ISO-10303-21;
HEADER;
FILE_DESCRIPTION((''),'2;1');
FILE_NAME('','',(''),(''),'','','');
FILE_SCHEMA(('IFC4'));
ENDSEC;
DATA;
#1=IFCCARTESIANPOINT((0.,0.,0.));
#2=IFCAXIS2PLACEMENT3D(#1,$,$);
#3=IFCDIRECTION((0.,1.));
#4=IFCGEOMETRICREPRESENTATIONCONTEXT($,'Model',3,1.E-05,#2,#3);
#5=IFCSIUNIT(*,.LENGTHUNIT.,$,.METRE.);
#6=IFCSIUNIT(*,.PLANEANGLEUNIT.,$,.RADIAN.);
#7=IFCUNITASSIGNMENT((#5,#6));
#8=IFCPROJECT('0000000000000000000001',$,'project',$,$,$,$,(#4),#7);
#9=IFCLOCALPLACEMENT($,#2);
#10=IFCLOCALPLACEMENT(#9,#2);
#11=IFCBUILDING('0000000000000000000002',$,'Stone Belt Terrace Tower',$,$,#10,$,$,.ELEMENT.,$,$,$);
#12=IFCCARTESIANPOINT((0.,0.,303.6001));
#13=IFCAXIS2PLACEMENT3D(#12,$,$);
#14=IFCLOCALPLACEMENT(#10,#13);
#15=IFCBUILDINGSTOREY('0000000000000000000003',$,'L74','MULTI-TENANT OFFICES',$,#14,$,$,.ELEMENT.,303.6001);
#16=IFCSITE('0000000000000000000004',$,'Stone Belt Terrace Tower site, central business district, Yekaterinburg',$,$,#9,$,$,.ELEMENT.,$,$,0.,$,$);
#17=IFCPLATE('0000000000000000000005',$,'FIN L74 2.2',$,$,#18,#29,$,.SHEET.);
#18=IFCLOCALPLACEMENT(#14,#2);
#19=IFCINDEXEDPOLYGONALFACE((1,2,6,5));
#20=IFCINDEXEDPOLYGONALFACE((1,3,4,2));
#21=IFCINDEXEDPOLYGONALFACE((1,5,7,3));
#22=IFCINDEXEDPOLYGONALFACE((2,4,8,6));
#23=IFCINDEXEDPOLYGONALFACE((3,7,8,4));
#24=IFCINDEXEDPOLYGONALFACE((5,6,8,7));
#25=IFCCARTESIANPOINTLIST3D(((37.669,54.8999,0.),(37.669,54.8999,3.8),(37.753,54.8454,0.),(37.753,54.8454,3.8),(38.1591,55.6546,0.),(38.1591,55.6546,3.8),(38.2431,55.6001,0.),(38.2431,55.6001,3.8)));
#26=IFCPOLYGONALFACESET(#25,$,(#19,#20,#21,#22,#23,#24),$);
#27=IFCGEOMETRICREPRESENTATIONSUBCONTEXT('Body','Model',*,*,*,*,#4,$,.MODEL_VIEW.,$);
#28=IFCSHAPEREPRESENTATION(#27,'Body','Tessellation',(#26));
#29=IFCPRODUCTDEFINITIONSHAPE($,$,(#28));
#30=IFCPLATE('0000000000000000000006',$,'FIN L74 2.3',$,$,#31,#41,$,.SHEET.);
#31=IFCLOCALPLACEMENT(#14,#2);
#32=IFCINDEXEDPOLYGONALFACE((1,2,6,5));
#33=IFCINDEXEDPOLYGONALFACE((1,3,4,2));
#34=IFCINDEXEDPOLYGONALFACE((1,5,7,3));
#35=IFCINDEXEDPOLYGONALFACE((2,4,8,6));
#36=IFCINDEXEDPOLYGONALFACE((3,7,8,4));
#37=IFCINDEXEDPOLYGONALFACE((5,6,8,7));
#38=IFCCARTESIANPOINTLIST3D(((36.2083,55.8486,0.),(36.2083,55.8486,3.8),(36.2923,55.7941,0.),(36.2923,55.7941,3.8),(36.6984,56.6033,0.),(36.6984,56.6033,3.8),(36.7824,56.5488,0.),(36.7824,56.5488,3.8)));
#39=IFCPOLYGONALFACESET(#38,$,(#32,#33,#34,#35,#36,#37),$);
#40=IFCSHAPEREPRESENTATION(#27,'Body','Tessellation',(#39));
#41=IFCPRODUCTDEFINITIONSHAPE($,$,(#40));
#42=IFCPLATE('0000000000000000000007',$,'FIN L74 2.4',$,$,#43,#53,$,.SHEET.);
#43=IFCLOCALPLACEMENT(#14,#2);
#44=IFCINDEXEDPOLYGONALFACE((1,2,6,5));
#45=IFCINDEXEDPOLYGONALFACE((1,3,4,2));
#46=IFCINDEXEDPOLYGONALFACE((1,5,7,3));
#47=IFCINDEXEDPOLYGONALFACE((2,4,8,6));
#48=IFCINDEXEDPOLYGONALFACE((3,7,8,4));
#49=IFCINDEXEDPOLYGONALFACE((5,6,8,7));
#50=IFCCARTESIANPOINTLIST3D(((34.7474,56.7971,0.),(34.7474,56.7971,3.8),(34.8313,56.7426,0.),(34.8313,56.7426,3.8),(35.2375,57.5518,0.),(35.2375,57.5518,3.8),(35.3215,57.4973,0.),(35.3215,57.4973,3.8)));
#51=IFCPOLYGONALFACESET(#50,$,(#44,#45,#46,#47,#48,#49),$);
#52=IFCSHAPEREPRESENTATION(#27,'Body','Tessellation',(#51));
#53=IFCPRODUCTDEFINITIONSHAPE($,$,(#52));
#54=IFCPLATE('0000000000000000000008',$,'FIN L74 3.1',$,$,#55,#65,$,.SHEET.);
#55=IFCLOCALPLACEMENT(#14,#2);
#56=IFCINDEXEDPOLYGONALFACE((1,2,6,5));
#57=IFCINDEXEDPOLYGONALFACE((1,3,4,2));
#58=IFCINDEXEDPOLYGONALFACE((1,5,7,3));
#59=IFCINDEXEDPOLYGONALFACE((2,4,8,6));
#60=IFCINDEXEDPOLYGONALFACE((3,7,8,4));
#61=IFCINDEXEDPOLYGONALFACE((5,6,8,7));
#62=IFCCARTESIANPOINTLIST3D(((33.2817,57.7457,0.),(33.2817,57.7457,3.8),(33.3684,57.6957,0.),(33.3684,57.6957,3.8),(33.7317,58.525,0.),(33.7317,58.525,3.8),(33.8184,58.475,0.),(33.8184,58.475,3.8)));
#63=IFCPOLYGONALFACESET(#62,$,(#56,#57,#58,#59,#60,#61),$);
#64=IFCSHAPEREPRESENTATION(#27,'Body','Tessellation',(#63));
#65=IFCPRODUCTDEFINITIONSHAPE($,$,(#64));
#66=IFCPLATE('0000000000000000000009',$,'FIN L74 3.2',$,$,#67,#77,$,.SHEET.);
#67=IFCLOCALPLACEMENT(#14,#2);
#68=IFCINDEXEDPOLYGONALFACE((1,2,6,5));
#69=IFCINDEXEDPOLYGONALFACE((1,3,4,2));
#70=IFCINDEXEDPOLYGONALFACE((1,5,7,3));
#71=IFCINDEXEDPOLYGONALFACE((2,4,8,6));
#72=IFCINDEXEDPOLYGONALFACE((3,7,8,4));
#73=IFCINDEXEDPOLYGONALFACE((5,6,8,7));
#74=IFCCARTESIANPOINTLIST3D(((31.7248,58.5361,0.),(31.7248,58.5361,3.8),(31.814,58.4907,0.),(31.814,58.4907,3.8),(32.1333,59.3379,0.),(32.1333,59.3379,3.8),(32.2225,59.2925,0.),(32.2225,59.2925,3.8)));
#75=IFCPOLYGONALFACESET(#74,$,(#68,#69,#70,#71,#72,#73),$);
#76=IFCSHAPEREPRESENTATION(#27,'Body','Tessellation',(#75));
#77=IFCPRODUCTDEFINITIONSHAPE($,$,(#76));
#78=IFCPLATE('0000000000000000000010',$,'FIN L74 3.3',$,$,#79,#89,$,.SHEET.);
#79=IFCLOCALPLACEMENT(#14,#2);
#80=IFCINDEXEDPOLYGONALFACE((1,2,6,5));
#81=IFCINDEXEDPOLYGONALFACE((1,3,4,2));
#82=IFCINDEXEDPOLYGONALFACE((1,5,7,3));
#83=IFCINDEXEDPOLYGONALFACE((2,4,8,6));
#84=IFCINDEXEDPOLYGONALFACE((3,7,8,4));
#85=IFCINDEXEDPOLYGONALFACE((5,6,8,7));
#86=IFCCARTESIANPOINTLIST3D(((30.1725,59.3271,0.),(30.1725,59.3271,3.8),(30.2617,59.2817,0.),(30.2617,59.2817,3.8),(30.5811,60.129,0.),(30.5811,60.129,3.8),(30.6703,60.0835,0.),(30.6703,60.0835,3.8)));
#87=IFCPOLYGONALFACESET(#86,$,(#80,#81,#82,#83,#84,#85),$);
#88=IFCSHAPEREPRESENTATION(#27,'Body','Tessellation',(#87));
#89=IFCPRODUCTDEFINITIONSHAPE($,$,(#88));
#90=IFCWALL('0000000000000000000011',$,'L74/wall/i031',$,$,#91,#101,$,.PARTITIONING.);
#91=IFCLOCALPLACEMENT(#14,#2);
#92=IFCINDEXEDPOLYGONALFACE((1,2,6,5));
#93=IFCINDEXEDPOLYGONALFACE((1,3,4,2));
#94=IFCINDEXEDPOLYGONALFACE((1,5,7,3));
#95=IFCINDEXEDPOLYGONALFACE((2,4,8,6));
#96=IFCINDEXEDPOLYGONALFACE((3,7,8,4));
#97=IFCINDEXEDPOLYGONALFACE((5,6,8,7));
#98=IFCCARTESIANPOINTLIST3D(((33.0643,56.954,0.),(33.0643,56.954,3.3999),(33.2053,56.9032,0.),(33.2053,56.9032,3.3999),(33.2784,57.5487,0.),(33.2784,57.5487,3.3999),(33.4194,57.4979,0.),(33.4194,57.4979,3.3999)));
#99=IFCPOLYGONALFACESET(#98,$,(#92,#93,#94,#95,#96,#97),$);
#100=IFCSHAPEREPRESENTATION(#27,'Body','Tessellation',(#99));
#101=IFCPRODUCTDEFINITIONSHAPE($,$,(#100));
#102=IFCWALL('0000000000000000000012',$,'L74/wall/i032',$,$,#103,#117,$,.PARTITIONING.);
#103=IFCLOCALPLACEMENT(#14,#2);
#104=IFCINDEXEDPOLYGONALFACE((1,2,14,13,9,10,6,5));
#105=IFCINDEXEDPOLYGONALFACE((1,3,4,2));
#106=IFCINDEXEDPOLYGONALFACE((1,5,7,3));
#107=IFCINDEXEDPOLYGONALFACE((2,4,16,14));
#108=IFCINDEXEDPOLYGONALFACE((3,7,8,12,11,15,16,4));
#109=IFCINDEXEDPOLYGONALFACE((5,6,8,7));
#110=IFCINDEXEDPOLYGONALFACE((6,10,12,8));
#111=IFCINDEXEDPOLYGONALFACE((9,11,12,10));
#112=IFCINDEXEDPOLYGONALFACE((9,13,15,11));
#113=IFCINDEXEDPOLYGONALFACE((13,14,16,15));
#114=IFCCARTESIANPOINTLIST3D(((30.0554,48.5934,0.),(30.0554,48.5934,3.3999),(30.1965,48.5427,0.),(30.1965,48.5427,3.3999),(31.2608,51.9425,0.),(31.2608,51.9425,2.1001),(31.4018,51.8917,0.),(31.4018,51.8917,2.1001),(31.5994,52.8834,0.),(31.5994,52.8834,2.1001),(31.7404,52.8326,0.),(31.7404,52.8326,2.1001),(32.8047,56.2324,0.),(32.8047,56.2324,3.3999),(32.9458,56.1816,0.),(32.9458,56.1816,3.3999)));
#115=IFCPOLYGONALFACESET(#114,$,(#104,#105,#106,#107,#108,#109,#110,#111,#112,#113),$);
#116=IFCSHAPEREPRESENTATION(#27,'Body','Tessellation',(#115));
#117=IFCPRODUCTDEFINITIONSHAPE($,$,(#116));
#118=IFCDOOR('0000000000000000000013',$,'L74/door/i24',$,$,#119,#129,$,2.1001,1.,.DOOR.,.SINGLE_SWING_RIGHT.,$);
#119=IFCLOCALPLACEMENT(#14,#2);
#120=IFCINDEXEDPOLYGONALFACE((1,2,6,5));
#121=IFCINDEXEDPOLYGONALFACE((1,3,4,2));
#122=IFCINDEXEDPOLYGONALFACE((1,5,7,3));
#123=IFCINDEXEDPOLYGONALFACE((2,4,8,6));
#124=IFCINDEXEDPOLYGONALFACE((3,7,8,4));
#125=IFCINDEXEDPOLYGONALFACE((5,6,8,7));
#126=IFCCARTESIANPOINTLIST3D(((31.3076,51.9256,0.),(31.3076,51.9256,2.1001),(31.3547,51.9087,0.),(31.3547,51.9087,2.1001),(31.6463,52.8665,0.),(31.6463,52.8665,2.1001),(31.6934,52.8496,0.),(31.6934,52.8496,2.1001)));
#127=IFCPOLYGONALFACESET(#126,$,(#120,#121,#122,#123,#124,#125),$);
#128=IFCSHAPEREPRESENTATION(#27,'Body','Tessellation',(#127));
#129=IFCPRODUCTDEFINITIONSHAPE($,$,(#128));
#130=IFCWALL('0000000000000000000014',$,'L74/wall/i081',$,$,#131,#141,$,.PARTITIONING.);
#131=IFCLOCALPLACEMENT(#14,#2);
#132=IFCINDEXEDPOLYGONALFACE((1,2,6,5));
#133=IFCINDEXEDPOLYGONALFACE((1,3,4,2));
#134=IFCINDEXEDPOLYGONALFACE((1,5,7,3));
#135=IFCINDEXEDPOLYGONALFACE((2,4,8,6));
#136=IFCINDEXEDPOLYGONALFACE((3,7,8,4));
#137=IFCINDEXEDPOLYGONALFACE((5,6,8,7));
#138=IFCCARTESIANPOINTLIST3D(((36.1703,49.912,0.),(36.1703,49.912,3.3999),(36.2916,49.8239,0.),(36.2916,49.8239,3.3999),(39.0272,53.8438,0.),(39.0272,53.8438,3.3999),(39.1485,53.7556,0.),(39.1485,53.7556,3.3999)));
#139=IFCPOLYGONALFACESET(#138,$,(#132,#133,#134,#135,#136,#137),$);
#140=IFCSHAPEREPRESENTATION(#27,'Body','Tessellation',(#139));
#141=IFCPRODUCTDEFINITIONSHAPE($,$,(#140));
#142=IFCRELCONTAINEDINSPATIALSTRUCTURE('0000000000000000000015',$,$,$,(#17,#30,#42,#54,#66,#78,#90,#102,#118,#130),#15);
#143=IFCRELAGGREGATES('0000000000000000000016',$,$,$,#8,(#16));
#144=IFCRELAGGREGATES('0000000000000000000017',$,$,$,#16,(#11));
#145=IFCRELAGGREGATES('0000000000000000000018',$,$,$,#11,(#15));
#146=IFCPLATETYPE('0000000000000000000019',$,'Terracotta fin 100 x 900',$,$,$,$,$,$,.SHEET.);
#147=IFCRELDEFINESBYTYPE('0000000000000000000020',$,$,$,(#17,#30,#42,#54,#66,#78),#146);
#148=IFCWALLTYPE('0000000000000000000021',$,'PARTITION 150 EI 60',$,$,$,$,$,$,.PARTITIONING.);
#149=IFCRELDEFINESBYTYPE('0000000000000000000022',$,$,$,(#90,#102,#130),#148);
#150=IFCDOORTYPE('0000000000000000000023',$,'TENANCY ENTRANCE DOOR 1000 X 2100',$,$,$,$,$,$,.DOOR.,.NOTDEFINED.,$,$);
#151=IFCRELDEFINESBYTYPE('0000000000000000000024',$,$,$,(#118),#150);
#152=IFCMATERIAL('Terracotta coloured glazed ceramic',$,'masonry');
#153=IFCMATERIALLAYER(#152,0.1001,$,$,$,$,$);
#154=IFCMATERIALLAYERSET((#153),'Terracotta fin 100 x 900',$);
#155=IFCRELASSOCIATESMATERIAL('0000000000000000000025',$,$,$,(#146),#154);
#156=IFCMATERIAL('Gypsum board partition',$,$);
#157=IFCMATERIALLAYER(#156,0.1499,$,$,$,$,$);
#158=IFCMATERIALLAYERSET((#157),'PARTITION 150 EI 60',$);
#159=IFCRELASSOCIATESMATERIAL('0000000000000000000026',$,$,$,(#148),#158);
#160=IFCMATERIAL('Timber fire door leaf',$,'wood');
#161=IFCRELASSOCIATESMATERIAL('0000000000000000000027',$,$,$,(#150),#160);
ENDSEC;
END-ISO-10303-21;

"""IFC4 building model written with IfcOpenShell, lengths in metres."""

from ifc_helpers import new_model, si_unit, direction, frame, frame_2d, origin, origin_2d, place, context, subcontext, project, spatial, rectangle, extrude, material, layer, layer_set, type_object, element, fill, save


model = new_model("IFC4")

# Units and contexts
model_context = context("Model", 3, precision=1e-05, world=origin(), true_north=direction((0.0, 1.0)))
body_context = subcontext(model_context, "Body", "Model", "MODEL_VIEW")
ifc_project = project(units=[si_unit("LENGTHUNIT", "METRE"), si_unit("PLANEANGLEUNIT", "RADIAN")], contexts=[model_context])

# Site, building, storey
site_placement = place(None, origin())
site = spatial("IfcSite", under=ifc_project, at=site_placement, Name="Stone Belt Terrace Tower site, central business district, Yekaterinburg", CompositionType="ELEMENT", RefElevation=0.0)
building_placement = place(site_placement, origin())
building = spatial("IfcBuilding", under=site, at=building_placement, Name="Stone Belt Terrace Tower", CompositionType="ELEMENT")
storey_placement = place(building_placement, frame((0.0, 0.0, 303.6001)))
storey = spatial("IfcBuildingStorey", under=building, at=storey_placement, Name="L74", Description="MULTI-TENANT OFFICES", CompositionType="ELEMENT", Elevation=303.6001)

# Plates
ifc_material_1 = material(Name="Terracotta coloured glazed ceramic", Category="masonry")
ifc_layer_1 = layer(ifc_material_1, 0.1001)
ifc_layer_set_1 = layer_set([ifc_layer_1], Name="Terracotta fin 100 x 900")
plate_type_1 = type_object("IfcPlateType", Name="Terracotta fin 100 x 900", PredefinedType="SHEET", material=ifc_layer_set_1)
for number, where, z_axis, x_axis, name in (
    (1, (37.9561, 55.25, 0.0), (0.0, 0.0, 1.0), (0.544639, 0.838671, 0.0), "FIN L74 2.2"),
    (2, (36.4954, 56.1987, 0.0), (0.0, 0.0, 1.0), (0.544639, 0.838671, 0.0), "FIN L74 2.3"),
    (3, (35.0344, 57.1472, 0.0), (0.0, 0.0, 1.0), (0.544639, 0.838671, 0.0), "FIN L74 2.4"),
    (4, (33.55, 58.1104, 0.0), (0.0, 0.0, 1.0), (0.5, 0.866025, 0.0), "FIN L74 3.1"),
    (5, (31.9736, 58.9143, 0.0), (0.0, 0.0, 1.0), (0.45399, 0.891007, 0.0), "FIN L74 3.2"),
    (6, (30.4214, 59.7053, 0.0), (0.0, 0.0, 1.0), (0.45399, 0.891007, 0.0), "FIN L74 3.3"),
):
    element("IfcPlate", number, at=place(storey_placement, frame(where, z_axis=z_axis, x_axis=x_axis)), inside=storey, type_object=plate_type_1, Name=name, PredefinedType="SHEET", context=body_context, shape_type="SweptSolid", body=[
        extrude(rectangle(XDim=0.8999, YDim=0.1001, at=origin_2d()), origin(), (0.0, 0.0, 1.0), 3.8),
    ])

# Wall
ifc_material_2 = material(Name="Gypsum board partition")
ifc_layer_2 = layer(ifc_material_2, 0.1499)
ifc_layer_set_2 = layer_set([ifc_layer_2], Name="PARTITION 150 EI 60")
wall_type = type_object("IfcWallType", Name="PARTITION 150 EI 60", PredefinedType="PARTITIONING", material=ifc_layer_set_2)
wall_1_placement = place(storey_placement, frame((33.3489, 57.5232, 0.0), z_axis=(0.0, 0.0, 1.0), x_axis=(-0.338733, -0.940882, 0.0)))
element("IfcWall", 7, at=wall_1_placement, inside=storey, type_object=wall_type, Name="L74/wall/i031", PredefinedType="PARTITIONING", context=body_context, shape_type="SweptSolid", body=[
    extrude(rectangle(XDim=0.6321, YDim=0.1499, at=frame_2d((0.3159, 0.0))), origin(), (0.0, 0.0, 1.0), 3.3999),
])

# Wall, opening, door
wall_2_placement = place(storey_placement, frame((32.8752, 56.207, 0.0), z_axis=(0.0, 0.0, 1.0), x_axis=(-0.338639, -0.940917, 0.0)))
wall_2 = element("IfcWall", 8, at=wall_2_placement, inside=storey, type_object=wall_type, Name="L74/wall/i032", PredefinedType="PARTITIONING", context=body_context, shape_type="SweptSolid", body=[
    extrude(rectangle(XDim=8.1187, YDim=0.1499, at=frame_2d((4.0593, 0.0))), origin(), (0.0, 0.0, 1.0), 3.3999),
])
opening_placement = place(wall_2_placement, frame((3.5593, 0.0, 0.0)))
opening = element("IfcOpeningElement", 9, at=opening_placement, cuts=wall_2, PredefinedType="OPENING", context=body_context, shape_type="SweptSolid", body=[
    extrude(rectangle(XDim=1.0, YDim=2.1001, at=frame_2d((0.5, 1.05))), frame((0.0, 0.085, 0.0), z_axis=(0.0, -1.0, 0.0), x_axis=(1.0, 0.0, 0.0)), (0.0, 0.0, 1.0), 0.1699),
])
ifc_material_3 = material(Name="Timber fire door leaf", Category="wood")
door_type = type_object("IfcDoorType", Name="TENANCY ENTRANCE DOOR 1000 X 2100", OperationType="NOTDEFINED", PredefinedType="DOOR", material=ifc_material_3)
door_placement = place(opening_placement, origin())
door = element("IfcDoor", 10, at=door_placement, inside=storey, type_object=door_type, Name="L74/door/i24", OperationType="SINGLE_SWING_RIGHT", OverallHeight=2.1001, OverallWidth=1.0, PredefinedType="DOOR", context=body_context, shape_type="SweptSolid", body=[
    extrude(rectangle(XDim=1.0, YDim=2.1001, at=frame_2d((0.5, 1.05))), frame((0.0, 0.0249, 0.0), z_axis=(0.0, -1.0, 0.0), x_axis=(1.0, 0.0, 0.0)), (0.0, 0.0, 1.0), 0.05),
])
fill(opening, door)

# Wall
wall_3_placement = place(storey_placement, frame((39.0879, 53.7998, 0.0), z_axis=(0.0, 0.0, 1.0), x_axis=(-0.587819, -0.808992, 0.0)))
element("IfcWall", 11, at=wall_3_placement, inside=storey, type_object=wall_type, Name="L74/wall/i081", PredefinedType="PARTITIONING", context=body_context, shape_type="SweptSolid", body=[
    extrude(rectangle(XDim=4.8601, YDim=0.1499, at=frame_2d((2.4302, 0.0))), origin(), (0.0, 0.0, 1.0), 3.3999),
])

save(model, "model.ifc")
